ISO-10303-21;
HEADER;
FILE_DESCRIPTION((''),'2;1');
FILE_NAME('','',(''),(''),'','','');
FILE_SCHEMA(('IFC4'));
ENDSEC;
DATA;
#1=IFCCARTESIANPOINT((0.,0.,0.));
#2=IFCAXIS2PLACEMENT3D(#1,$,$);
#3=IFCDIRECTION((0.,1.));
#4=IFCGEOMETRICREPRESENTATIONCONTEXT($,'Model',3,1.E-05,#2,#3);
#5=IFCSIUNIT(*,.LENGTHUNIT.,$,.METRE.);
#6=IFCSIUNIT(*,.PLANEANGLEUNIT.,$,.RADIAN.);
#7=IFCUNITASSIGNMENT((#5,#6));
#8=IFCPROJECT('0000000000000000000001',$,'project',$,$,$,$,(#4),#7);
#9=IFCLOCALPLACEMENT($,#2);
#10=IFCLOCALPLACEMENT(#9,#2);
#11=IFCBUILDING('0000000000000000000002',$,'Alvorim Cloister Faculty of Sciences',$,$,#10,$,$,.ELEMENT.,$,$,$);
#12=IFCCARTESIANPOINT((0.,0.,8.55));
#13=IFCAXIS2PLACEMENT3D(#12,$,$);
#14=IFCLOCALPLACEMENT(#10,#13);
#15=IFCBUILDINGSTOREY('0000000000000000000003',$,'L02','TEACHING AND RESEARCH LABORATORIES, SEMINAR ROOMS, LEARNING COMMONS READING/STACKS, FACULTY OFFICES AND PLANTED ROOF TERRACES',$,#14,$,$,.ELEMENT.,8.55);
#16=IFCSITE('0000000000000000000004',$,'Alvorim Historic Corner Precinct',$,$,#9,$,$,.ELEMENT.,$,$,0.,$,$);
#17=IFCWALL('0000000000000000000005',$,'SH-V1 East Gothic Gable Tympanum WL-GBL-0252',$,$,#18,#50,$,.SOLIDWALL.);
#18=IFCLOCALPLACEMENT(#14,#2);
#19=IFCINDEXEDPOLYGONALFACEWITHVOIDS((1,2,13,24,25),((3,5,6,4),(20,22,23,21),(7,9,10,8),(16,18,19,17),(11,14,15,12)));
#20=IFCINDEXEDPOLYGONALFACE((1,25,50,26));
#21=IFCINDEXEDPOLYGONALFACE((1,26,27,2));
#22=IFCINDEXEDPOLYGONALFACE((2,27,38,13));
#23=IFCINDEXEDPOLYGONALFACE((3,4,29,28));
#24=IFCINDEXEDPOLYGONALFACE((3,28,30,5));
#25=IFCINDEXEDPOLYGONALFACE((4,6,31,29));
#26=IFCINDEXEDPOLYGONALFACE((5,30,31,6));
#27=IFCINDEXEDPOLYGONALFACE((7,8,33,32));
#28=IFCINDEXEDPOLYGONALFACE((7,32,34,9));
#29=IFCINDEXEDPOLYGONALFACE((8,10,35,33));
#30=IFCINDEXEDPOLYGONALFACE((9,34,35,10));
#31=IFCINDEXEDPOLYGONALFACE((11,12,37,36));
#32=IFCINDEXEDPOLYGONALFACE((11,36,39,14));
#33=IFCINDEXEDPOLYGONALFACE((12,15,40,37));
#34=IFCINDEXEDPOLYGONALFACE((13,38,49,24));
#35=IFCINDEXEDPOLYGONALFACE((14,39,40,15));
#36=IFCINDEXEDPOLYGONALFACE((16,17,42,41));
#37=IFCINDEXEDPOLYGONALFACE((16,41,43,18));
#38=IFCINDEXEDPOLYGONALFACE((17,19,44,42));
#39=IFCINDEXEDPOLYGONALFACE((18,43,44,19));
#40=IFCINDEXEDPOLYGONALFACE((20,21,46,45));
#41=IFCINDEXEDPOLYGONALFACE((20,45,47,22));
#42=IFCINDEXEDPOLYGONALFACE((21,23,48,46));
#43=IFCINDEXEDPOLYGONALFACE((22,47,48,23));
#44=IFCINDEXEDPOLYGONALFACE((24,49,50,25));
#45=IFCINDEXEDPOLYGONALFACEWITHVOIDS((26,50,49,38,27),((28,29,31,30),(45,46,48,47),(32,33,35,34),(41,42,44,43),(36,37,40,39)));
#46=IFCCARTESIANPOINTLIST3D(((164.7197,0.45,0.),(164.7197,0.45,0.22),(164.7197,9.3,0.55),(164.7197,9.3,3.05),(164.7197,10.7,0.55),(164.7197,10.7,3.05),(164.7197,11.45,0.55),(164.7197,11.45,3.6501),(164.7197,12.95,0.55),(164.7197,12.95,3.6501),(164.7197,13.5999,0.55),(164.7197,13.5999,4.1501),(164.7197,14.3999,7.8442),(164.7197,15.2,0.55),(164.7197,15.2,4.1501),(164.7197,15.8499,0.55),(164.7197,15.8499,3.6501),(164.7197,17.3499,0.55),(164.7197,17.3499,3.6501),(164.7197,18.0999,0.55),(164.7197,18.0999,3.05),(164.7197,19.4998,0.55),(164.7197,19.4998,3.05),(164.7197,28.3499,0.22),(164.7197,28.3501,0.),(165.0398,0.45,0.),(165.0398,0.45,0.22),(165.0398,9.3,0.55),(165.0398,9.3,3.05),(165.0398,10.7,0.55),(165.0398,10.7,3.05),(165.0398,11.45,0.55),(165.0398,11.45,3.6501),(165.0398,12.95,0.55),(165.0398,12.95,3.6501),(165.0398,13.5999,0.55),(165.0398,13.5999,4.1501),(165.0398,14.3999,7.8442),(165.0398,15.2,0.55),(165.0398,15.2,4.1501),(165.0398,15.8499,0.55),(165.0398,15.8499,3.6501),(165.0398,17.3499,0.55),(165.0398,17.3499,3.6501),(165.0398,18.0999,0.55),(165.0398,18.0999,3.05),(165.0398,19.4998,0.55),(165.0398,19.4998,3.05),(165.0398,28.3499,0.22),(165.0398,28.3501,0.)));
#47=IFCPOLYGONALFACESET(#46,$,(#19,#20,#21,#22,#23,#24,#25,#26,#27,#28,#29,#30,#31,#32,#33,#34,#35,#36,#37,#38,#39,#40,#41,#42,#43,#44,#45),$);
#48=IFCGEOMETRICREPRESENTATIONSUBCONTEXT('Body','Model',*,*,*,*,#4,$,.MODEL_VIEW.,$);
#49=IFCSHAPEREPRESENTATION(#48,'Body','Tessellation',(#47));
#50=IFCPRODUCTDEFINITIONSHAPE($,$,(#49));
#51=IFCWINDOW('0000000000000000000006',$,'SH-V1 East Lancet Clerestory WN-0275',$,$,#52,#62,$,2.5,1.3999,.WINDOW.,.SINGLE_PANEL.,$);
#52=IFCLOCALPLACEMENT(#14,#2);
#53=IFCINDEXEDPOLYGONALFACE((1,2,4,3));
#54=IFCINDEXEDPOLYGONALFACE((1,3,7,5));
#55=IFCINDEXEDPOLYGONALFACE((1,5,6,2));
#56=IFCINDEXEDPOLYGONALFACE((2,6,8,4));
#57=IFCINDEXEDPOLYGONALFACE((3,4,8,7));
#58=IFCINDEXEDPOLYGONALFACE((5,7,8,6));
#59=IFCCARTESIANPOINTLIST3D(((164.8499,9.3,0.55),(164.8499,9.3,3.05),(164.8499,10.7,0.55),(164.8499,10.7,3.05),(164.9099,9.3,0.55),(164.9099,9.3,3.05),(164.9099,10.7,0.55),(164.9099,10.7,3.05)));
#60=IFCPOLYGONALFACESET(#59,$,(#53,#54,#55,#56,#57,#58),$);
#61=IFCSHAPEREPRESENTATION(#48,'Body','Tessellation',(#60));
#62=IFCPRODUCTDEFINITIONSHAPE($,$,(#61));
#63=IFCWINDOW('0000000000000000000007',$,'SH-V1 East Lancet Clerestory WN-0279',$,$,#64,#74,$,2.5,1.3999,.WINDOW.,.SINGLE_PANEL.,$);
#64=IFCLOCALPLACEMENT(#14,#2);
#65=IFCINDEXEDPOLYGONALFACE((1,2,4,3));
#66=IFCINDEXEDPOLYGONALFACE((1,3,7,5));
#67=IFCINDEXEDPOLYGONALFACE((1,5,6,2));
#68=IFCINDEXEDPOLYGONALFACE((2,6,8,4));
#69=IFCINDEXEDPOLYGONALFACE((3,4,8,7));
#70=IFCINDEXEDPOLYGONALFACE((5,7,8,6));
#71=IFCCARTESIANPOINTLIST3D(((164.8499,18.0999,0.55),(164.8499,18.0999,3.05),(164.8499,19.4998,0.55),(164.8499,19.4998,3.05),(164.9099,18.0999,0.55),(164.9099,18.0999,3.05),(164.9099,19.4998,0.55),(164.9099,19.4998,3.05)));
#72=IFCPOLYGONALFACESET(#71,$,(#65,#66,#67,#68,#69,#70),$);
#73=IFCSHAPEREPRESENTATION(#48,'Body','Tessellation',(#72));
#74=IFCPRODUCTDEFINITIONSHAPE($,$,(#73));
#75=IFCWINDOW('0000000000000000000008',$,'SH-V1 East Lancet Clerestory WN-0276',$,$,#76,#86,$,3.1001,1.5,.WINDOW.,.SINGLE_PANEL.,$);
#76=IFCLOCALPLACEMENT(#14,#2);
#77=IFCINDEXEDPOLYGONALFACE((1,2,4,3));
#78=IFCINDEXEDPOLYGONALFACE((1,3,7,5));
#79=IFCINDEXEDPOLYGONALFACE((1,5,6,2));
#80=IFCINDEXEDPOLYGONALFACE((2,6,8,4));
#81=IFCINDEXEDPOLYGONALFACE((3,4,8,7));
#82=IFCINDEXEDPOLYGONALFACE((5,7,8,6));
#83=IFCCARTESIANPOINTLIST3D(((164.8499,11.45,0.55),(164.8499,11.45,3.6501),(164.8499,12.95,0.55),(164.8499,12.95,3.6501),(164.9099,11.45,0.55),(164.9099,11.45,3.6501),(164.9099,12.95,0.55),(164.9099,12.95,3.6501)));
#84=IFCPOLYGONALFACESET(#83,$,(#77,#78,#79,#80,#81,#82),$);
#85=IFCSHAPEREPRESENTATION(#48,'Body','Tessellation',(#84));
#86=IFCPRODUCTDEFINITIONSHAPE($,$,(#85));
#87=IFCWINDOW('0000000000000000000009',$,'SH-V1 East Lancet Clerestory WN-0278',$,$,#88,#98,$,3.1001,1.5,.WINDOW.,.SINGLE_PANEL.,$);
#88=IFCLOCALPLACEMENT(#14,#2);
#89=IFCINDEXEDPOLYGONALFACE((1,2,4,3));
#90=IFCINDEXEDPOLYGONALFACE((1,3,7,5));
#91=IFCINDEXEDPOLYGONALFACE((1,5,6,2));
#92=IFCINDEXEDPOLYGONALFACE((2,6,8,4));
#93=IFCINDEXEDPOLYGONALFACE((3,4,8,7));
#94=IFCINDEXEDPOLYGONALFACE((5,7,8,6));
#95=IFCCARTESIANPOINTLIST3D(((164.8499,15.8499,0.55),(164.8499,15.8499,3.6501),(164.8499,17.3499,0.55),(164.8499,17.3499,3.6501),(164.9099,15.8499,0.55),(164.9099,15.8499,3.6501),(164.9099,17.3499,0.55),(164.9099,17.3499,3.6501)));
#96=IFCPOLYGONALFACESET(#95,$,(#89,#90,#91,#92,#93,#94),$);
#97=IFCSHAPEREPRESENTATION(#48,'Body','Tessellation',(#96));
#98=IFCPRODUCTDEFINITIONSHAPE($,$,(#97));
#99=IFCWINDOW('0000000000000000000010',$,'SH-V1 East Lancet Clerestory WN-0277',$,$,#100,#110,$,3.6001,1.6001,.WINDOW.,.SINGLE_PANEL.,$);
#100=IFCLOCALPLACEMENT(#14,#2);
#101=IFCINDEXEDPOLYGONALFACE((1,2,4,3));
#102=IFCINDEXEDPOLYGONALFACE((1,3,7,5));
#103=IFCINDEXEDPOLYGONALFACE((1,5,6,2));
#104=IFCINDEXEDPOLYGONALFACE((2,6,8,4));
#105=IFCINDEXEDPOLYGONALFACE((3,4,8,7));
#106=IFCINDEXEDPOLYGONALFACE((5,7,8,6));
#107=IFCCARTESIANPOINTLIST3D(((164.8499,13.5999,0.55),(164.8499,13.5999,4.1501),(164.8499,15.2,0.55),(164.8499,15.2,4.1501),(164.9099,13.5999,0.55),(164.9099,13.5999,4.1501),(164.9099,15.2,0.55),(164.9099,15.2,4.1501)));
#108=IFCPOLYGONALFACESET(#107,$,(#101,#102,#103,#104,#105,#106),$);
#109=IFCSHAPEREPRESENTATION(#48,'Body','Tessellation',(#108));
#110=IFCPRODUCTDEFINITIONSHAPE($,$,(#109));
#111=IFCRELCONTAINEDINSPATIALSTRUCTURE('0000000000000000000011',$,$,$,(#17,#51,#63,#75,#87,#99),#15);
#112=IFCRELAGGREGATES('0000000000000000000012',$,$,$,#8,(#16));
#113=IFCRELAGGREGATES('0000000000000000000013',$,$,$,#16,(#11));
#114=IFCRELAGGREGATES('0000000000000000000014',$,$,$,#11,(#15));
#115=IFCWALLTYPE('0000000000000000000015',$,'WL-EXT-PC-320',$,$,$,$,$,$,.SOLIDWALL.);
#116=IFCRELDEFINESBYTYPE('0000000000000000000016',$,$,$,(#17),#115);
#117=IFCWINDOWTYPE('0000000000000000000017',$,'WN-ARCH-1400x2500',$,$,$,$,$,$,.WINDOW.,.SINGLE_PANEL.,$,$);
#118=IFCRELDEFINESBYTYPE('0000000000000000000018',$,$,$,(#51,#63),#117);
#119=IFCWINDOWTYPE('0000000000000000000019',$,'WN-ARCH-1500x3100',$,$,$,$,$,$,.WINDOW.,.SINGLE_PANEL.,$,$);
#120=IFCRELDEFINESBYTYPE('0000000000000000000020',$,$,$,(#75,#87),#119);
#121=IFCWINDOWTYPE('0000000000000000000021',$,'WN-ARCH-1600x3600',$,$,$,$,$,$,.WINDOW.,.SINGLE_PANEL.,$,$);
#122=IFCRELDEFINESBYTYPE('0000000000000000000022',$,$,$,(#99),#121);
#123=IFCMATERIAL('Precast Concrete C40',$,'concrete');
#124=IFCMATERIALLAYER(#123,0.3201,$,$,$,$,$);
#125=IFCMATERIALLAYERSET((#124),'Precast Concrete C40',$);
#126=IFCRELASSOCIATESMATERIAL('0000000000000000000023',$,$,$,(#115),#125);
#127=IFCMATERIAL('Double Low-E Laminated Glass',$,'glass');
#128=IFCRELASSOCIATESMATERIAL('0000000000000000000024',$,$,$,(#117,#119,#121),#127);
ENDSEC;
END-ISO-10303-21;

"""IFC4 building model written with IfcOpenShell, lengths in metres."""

from ifc_helpers import new_model, si_unit, direction, frame, frame_2d, origin, place, context, subcontext, project, spatial, polyline, rectangle, outline, extrude, material, layer, layer_set, type_object, element, fill, save


model = new_model("IFC4")

# Units and contexts
model_context = context("Model", 3, precision=1e-05, world=origin(), true_north=direction((0.0, 1.0)))
body_context = subcontext(model_context, "Body", "Model", "MODEL_VIEW")
ifc_project = project(units=[si_unit("LENGTHUNIT", "METRE"), si_unit("PLANEANGLEUNIT", "RADIAN")], contexts=[model_context])

# Site, building, storey
site_placement = place(None, origin())
site = spatial("IfcSite", under=ifc_project, at=site_placement, Name="Alvorim Historic Corner Precinct", CompositionType="ELEMENT", RefElevation=0.0)
building_placement = place(site_placement, origin())
building = spatial("IfcBuilding", under=site, at=building_placement, Name="Alvorim Cloister Faculty of Sciences", CompositionType="ELEMENT")
storey_placement = place(building_placement, frame((0.0, 0.0, 8.55)))
storey = spatial("IfcBuildingStorey", under=building, at=storey_placement, Name="L02", Description="TEACHING AND RESEARCH LABORATORIES, SEMINAR ROOMS, LEARNING COMMONS READING/STACKS, FACULTY OFFICES AND PLANTED ROOF TERRACES", CompositionType="ELEMENT", Elevation=8.55)

# Wall, openings, windows
ifc_material_1 = material(Name="Precast Concrete C40", Category="concrete")
ifc_layer_1 = layer(ifc_material_1, 0.3201)
ifc_layer_set_1 = layer_set([ifc_layer_1], Name="Precast Concrete C40")
wall_type = type_object("IfcWallType", Name="WL-EXT-PC-320", PredefinedType="SOLIDWALL", material=ifc_layer_set_1)
wall_placement = place(storey_placement, frame((164.8799, 0.45, 0.0), z_axis=(0.0, 0.0, 1.0), x_axis=(0.0, 1.0, 0.0)))
wall = element("IfcWall", 1, at=wall_placement, inside=storey, type_object=wall_type, Name="SH-V1 East Gothic Gable Tympanum WL-GBL-0252", PredefinedType="SOLIDWALL", context=body_context, shape_type="SweptSolid", body=[
    extrude(outline(polyline([(0.0, 0.0), (27.9001, 0.0), (27.8999, 0.22), (13.95, 7.8442), (0.0, 0.22), (0.0, 0.0)])), frame((0.0, 0.1602, 0.0), z_axis=(0.0, -1.0, 0.0), x_axis=(1.0, 0.0, 0.0)), (0.0, 0.0, 1.0), 0.3201),
])
opening_1_placement = place(wall_placement, frame((8.8501, 0.0, 0.55)))
opening_1 = element("IfcOpeningElement", 2, at=opening_1_placement, cuts=wall, PredefinedType="OPENING", context=body_context, shape_type="SweptSolid", body=[
    extrude(rectangle(XDim=1.3999, YDim=2.5, at=frame_2d((0.7, 1.25))), frame((0.0, 0.1719, 0.0), z_axis=(0.0, -1.0, 0.0), x_axis=(1.0, 0.0, 0.0)), (0.0, 0.0, 1.0), 0.344),
])
opening_2_placement = place(wall_placement, frame((11.0, 0.0, 0.55)))
opening_2 = element("IfcOpeningElement", 3, at=opening_2_placement, cuts=wall, PredefinedType="OPENING", context=body_context, shape_type="SweptSolid", body=[
    extrude(rectangle(XDim=1.5, YDim=3.1001, at=frame_2d((0.75, 1.55))), frame((0.0, 0.1719, 0.0), z_axis=(0.0, -1.0, 0.0), x_axis=(1.0, 0.0, 0.0)), (0.0, 0.0, 1.0), 0.344),
])
opening_3_placement = place(wall_placement, frame((13.1499, 0.0, 0.55)))
opening_3 = element("IfcOpeningElement", 4, at=opening_3_placement, cuts=wall, PredefinedType="OPENING", context=body_context, shape_type="SweptSolid", body=[
    extrude(rectangle(XDim=1.6001, YDim=3.6001, at=frame_2d((0.8, 1.8))), frame((0.0, 0.1719, 0.0), z_axis=(0.0, -1.0, 0.0), x_axis=(1.0, 0.0, 0.0)), (0.0, 0.0, 1.0), 0.344),
])
opening_4_placement = place(wall_placement, frame((15.3999, 0.0, 0.55)))
opening_4 = element("IfcOpeningElement", 5, at=opening_4_placement, cuts=wall, PredefinedType="OPENING", context=body_context, shape_type="SweptSolid", body=[
    extrude(rectangle(XDim=1.5, YDim=3.1001, at=frame_2d((0.75, 1.55))), frame((0.0, 0.1719, 0.0), z_axis=(0.0, -1.0, 0.0), x_axis=(1.0, 0.0, 0.0)), (0.0, 0.0, 1.0), 0.344),
])
opening_5_placement = place(wall_placement, frame((17.6499, 0.0, 0.55)))
opening_5 = element("IfcOpeningElement", 6, at=opening_5_placement, cuts=wall, PredefinedType="OPENING", context=body_context, shape_type="SweptSolid", body=[
    extrude(rectangle(XDim=1.3999, YDim=2.5, at=frame_2d((0.7, 1.25))), frame((0.0, 0.1719, 0.0), z_axis=(0.0, -1.0, 0.0), x_axis=(1.0, 0.0, 0.0)), (0.0, 0.0, 1.0), 0.344),
])
ifc_material_2 = material(Name="Double Low-E Laminated Glass", Category="glass")
window_type_1 = type_object("IfcWindowType", Name="WN-ARCH-1400x2500", PartitioningType="SINGLE_PANEL", PredefinedType="WINDOW", material=ifc_material_2)
window_1_placement = place(opening_1_placement, origin())
window_1 = element("IfcWindow", 7, at=window_1_placement, inside=storey, type_object=window_type_1, Name="SH-V1 East Lancet Clerestory WN-0275", OverallHeight=2.5, OverallWidth=1.3999, PartitioningType="SINGLE_PANEL", PredefinedType="WINDOW", context=body_context, shape_type="SweptSolid", body=[
    extrude(rectangle(XDim=1.3999, YDim=2.5, at=frame_2d((0.7, 1.25))), frame((0.0, 0.03, 0.0), z_axis=(0.0, -1.0, 0.0), x_axis=(1.0, 0.0, 0.0)), (0.0, 0.0, 1.0), 0.0601),
])
fill(opening_1, window_1)
window_2_placement = place(opening_5_placement, origin())
window_2 = element("IfcWindow", 8, at=window_2_placement, inside=storey, type_object=window_type_1, Name="SH-V1 East Lancet Clerestory WN-0279", OverallHeight=2.5, OverallWidth=1.3999, PartitioningType="SINGLE_PANEL", PredefinedType="WINDOW", context=body_context, shape_type="SweptSolid", body=[
    extrude(rectangle(XDim=1.3999, YDim=2.5, at=frame_2d((0.7, 1.25))), frame((0.0, 0.03, 0.0), z_axis=(0.0, -1.0, 0.0), x_axis=(1.0, 0.0, 0.0)), (0.0, 0.0, 1.0), 0.0601),
])
fill(opening_5, window_2)
window_type_2 = type_object("IfcWindowType", Name="WN-ARCH-1500x3100", PartitioningType="SINGLE_PANEL", PredefinedType="WINDOW", material=ifc_material_2)
window_3_placement = place(opening_2_placement, origin())
window_3 = element("IfcWindow", 9, at=window_3_placement, inside=storey, type_object=window_type_2, Name="SH-V1 East Lancet Clerestory WN-0276", OverallHeight=3.1001, OverallWidth=1.5, PartitioningType="SINGLE_PANEL", PredefinedType="WINDOW", context=body_context, shape_type="SweptSolid", body=[
    extrude(rectangle(XDim=1.5, YDim=3.1001, at=frame_2d((0.75, 1.55))), frame((0.0, 0.03, 0.0), z_axis=(0.0, -1.0, 0.0), x_axis=(1.0, 0.0, 0.0)), (0.0, 0.0, 1.0), 0.0601),
])
fill(opening_2, window_3)
window_4_placement = place(opening_4_placement, origin())
window_4 = element("IfcWindow", 10, at=window_4_placement, inside=storey, type_object=window_type_2, Name="SH-V1 East Lancet Clerestory WN-0278", OverallHeight=3.1001, OverallWidth=1.5, PartitioningType="SINGLE_PANEL", PredefinedType="WINDOW", context=body_context, shape_type="SweptSolid", body=[
    extrude(rectangle(XDim=1.5, YDim=3.1001, at=frame_2d((0.75, 1.55))), frame((0.0, 0.03, 0.0), z_axis=(0.0, -1.0, 0.0), x_axis=(1.0, 0.0, 0.0)), (0.0, 0.0, 1.0), 0.0601),
])
fill(opening_4, window_4)
window_type_3 = type_object("IfcWindowType", Name="WN-ARCH-1600x3600", PartitioningType="SINGLE_PANEL", PredefinedType="WINDOW", material=ifc_material_2)
window_5_placement = place(opening_3_placement, origin())
window_5 = element("IfcWindow", 11, at=window_5_placement, inside=storey, type_object=window_type_3, Name="SH-V1 East Lancet Clerestory WN-0277", OverallHeight=3.6001, OverallWidth=1.6001, PartitioningType="SINGLE_PANEL", PredefinedType="WINDOW", context=body_context, shape_type="SweptSolid", body=[
    extrude(rectangle(XDim=1.6001, YDim=3.6001, at=frame_2d((0.8, 1.8))), frame((0.0, 0.03, 0.0), z_axis=(0.0, -1.0, 0.0), x_axis=(1.0, 0.0, 0.0)), (0.0, 0.0, 1.0), 0.0601),
])
fill(opening_3, window_5)

save(model, "model.ifc")
